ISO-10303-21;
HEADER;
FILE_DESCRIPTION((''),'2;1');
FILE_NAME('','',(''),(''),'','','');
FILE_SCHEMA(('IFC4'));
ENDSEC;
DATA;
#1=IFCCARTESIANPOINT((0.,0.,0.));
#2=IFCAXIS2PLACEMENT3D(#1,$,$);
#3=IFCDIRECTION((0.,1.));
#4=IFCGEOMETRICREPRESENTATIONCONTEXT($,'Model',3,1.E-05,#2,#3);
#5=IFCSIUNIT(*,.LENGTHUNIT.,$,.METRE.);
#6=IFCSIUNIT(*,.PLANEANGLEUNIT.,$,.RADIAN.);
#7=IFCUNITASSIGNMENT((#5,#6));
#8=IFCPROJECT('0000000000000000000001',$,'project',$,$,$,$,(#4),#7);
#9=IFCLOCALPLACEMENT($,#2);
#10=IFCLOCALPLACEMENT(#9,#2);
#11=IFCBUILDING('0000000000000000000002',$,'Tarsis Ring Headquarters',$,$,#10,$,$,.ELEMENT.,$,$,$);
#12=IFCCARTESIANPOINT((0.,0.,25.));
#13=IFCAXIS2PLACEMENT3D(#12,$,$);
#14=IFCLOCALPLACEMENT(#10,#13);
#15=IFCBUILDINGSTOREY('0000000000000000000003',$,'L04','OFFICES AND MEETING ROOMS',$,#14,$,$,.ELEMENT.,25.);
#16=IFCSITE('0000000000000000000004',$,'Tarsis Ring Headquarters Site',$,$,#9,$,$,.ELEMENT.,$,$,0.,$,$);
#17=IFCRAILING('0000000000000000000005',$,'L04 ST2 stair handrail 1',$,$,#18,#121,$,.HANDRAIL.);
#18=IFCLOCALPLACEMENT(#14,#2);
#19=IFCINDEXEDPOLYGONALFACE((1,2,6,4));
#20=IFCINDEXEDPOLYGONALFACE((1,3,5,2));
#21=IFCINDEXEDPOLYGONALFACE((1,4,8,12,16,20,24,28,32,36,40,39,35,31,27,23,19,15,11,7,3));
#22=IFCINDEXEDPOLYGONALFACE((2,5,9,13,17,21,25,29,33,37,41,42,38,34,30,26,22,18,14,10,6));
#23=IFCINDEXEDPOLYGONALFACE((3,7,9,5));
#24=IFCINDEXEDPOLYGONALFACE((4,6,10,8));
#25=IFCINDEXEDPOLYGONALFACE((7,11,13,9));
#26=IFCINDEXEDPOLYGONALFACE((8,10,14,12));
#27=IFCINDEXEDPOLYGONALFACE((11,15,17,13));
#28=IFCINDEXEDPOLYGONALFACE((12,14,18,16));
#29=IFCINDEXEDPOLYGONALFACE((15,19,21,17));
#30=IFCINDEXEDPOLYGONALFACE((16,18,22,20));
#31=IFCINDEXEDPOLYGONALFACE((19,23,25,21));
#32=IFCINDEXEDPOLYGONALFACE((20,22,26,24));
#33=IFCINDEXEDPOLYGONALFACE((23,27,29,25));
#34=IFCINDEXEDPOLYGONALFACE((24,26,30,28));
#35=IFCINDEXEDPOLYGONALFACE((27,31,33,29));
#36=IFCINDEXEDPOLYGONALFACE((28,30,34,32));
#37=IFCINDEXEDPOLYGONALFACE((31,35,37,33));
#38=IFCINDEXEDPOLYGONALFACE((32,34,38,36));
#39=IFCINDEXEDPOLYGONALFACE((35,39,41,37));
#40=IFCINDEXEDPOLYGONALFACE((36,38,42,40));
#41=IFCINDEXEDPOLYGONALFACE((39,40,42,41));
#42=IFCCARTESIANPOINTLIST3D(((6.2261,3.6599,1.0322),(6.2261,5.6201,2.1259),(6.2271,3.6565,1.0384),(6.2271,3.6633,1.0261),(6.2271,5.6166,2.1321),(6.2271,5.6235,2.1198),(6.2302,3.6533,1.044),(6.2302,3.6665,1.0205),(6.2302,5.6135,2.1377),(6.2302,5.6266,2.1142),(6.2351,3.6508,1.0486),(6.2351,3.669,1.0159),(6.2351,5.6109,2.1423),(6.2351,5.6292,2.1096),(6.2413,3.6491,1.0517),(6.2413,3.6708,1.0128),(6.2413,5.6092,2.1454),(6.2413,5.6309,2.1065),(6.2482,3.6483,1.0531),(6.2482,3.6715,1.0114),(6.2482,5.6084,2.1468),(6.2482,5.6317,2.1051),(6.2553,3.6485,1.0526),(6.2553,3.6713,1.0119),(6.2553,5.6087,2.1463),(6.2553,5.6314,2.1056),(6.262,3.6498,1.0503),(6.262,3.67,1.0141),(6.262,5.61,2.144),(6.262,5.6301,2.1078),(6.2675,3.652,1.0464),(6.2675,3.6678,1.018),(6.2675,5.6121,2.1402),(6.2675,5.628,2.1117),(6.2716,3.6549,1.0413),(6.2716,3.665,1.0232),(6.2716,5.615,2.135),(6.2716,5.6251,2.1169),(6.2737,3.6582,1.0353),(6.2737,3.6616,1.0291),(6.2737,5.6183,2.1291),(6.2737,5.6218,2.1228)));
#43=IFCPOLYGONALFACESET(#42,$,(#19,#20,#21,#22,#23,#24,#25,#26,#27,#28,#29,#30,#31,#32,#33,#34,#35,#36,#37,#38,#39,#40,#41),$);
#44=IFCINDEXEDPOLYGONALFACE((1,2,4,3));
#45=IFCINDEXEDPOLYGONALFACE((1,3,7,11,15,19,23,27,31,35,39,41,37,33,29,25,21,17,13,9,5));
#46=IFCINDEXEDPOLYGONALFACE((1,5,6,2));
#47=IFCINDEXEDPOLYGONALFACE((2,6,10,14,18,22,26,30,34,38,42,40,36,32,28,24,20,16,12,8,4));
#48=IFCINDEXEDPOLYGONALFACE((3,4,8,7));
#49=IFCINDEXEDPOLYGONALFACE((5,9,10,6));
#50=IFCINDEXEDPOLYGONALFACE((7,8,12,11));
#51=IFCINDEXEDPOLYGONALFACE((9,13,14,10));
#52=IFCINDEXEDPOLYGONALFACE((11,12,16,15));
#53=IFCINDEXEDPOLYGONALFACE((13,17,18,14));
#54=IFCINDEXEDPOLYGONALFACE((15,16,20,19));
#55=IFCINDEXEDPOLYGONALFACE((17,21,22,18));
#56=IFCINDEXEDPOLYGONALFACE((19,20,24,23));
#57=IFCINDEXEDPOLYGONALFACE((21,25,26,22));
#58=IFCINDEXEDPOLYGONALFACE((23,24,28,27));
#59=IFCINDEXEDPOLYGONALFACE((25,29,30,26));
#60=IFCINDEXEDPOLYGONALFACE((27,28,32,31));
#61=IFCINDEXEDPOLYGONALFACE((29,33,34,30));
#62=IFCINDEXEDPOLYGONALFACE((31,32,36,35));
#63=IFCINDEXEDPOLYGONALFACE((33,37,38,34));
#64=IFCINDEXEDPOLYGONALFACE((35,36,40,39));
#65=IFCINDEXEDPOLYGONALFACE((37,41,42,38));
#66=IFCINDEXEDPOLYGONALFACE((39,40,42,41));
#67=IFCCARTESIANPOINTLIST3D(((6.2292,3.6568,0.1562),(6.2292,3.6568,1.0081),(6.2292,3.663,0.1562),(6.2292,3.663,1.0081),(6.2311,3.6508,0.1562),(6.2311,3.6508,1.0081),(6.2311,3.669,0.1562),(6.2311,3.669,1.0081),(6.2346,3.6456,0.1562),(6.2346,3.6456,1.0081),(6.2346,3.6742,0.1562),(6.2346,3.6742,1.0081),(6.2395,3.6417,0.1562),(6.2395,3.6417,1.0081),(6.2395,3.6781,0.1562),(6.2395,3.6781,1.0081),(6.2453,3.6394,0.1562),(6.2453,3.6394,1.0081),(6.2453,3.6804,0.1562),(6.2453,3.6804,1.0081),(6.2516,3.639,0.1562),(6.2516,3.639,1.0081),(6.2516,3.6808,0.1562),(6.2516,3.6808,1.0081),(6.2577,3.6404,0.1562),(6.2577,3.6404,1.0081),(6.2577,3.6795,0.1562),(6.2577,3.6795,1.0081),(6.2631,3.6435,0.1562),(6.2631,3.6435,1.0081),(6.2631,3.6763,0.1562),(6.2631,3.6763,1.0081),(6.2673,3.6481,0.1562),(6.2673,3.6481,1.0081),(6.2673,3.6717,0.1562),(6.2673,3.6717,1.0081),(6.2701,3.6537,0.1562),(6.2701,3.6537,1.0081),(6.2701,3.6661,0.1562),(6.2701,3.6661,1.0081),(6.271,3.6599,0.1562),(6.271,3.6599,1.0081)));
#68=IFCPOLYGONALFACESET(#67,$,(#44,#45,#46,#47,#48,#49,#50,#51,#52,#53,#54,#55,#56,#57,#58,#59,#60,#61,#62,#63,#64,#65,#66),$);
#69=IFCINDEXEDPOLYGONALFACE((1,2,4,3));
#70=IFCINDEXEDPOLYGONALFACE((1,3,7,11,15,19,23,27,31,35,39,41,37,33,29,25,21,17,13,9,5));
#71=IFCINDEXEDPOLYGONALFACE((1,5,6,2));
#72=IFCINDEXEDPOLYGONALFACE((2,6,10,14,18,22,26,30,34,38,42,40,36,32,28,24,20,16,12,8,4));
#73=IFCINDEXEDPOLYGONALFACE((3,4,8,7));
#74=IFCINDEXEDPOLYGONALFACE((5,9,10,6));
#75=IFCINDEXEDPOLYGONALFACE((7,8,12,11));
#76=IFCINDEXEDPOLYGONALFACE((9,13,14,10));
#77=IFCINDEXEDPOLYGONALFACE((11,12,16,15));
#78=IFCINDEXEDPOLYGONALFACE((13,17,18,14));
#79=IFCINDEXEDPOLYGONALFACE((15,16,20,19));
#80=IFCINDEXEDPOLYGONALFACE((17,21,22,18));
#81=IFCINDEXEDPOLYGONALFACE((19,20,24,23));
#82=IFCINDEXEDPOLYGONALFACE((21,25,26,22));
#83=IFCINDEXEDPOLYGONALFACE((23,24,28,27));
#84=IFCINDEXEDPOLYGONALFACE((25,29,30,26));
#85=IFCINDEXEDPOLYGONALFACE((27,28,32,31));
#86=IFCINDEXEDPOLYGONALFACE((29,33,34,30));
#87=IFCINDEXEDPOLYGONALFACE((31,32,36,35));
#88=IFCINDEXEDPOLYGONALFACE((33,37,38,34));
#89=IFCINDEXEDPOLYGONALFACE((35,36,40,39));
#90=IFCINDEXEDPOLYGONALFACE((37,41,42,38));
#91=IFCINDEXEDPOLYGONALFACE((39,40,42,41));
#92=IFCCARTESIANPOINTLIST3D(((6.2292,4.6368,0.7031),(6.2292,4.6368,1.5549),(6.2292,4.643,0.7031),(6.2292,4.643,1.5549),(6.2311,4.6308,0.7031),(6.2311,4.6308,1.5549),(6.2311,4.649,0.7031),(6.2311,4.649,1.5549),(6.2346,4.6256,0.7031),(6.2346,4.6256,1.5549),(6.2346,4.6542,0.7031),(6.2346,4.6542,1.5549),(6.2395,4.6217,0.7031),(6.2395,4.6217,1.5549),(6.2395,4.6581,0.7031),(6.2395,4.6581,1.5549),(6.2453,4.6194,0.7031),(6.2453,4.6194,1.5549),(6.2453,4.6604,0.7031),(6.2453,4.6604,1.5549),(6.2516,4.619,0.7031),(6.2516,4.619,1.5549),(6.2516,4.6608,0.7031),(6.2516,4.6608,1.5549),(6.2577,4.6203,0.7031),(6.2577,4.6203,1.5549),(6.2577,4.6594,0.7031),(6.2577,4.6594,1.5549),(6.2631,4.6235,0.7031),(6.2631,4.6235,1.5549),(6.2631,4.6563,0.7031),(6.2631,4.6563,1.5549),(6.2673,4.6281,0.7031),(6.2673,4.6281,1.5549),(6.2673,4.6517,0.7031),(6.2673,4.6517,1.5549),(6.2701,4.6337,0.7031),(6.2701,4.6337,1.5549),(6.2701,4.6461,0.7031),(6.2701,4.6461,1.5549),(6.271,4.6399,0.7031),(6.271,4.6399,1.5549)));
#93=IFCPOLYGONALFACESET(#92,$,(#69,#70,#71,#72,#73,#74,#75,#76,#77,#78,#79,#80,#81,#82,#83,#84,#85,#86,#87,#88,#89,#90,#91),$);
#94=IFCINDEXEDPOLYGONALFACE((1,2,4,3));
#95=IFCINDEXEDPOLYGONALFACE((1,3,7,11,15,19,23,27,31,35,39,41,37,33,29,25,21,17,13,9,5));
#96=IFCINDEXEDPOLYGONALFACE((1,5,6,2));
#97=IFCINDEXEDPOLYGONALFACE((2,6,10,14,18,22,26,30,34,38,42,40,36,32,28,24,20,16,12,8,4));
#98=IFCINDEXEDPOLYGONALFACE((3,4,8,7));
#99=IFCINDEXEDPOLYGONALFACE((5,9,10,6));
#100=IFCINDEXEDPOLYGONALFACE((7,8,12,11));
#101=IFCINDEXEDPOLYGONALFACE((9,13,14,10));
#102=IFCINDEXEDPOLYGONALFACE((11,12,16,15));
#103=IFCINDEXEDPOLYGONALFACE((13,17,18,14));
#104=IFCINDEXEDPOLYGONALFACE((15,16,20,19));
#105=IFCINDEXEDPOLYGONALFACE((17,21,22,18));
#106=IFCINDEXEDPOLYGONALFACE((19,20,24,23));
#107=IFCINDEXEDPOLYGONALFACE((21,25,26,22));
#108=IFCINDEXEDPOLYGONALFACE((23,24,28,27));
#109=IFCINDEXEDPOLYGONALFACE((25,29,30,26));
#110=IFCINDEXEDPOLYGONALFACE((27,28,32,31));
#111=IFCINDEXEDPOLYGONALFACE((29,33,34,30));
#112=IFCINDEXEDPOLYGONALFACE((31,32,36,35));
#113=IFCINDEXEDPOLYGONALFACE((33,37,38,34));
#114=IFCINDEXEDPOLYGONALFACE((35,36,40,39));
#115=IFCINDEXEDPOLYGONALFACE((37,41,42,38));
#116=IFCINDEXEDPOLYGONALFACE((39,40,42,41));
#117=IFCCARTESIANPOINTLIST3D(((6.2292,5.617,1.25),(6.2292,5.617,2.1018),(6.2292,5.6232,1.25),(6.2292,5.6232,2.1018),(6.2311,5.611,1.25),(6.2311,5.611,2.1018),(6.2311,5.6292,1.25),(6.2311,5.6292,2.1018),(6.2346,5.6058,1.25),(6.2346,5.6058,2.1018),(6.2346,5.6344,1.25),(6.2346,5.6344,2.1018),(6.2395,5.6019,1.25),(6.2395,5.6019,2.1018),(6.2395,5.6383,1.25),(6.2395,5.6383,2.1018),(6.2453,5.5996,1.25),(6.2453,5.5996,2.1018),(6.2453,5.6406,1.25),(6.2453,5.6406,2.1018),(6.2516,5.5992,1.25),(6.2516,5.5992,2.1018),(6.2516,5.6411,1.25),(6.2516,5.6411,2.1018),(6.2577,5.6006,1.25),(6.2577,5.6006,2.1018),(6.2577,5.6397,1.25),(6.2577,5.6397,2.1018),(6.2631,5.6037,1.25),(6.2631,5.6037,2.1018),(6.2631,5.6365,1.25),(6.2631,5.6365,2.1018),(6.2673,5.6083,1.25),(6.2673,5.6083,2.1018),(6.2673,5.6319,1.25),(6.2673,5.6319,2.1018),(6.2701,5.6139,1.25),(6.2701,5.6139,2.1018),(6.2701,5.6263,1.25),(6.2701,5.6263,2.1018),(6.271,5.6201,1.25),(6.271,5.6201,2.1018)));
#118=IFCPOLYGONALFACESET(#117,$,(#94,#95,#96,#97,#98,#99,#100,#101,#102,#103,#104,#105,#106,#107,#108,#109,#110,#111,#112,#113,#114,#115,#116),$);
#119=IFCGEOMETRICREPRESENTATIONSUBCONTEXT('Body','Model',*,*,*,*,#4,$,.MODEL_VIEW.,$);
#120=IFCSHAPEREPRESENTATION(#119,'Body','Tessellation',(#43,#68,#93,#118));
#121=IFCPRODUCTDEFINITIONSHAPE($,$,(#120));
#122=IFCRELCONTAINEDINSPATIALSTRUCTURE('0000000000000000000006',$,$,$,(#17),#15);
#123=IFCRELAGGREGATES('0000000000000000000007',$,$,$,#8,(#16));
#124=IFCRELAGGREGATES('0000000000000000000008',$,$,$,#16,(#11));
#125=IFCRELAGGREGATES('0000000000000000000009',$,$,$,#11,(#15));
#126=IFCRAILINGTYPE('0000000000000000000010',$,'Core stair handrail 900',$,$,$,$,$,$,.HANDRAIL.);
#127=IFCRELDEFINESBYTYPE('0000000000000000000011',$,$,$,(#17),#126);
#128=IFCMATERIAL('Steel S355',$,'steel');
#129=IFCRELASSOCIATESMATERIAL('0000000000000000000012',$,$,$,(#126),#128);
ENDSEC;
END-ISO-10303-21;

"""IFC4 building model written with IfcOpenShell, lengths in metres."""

from ifc_helpers import new_model, si_unit, direction, frame, origin, origin_2d, place, context, subcontext, project, spatial, circle, extrude, material, type_object, element, save


model = new_model("IFC4")

# Units and contexts
model_context = context("Model", 3, precision=1e-05, world=origin(), true_north=direction((0.0, 1.0)))
body_context = subcontext(model_context, "Body", "Model", "MODEL_VIEW")
ifc_project = project(units=[si_unit("LENGTHUNIT", "METRE"), si_unit("PLANEANGLEUNIT", "RADIAN")], contexts=[model_context])

# Site, building, storey
site_placement = place(None, origin())
site = spatial("IfcSite", under=ifc_project, at=site_placement, Name="Tarsis Ring Headquarters Site", CompositionType="ELEMENT", RefElevation=0.0)
building_placement = place(site_placement, origin())
building = spatial("IfcBuilding", under=site, at=building_placement, Name="Tarsis Ring Headquarters", CompositionType="ELEMENT")
storey_placement = place(building_placement, frame((0.0, 0.0, 25.0)))
storey = spatial("IfcBuildingStorey", under=building, at=storey_placement, Name="L04", Description="OFFICES AND MEETING ROOMS", CompositionType="ELEMENT", Elevation=25.0)

# Railing
ifc_material_1 = material(Name="Steel S355", Category="steel")
railing_type_1 = type_object("IfcRailingType", Name="Core stair handrail 900", PredefinedType="HANDRAIL", material=ifc_material_1)
railing_1_placement = place(storey_placement, frame((6.25, 3.6599, 0.1562)))
element("IfcRailing", 1, at=railing_1_placement, inside=storey, type_object=railing_type_1, Name="L04 ST2 stair handrail 1", PredefinedType="HANDRAIL", context=body_context, shape_type="SweptSolid", body=[
    extrude(circle(Radius=0.0239, at=origin_2d()), frame((0.0, 0.0, 0.876), z_axis=(0.0, 0.873258, 0.487258), x_axis=(-1.0, 0.0, 0.0)), (0.0, 0.0, 1.0), 2.2446),
    extrude(circle(Radius=0.021, at=origin_2d()), origin(), (0.0, 0.0, 1.0), 0.8518),
    extrude(circle(Radius=0.021, at=origin_2d()), frame((0.0, 0.98, 0.5469)), (0.0, 0.0, 1.0), 0.8518),
    extrude(circle(Radius=0.021, at=origin_2d()), frame((0.0, 1.9602, 1.0938)), (0.0, 0.0, 1.0), 0.8518),
])

save(model, "model.ifc")
